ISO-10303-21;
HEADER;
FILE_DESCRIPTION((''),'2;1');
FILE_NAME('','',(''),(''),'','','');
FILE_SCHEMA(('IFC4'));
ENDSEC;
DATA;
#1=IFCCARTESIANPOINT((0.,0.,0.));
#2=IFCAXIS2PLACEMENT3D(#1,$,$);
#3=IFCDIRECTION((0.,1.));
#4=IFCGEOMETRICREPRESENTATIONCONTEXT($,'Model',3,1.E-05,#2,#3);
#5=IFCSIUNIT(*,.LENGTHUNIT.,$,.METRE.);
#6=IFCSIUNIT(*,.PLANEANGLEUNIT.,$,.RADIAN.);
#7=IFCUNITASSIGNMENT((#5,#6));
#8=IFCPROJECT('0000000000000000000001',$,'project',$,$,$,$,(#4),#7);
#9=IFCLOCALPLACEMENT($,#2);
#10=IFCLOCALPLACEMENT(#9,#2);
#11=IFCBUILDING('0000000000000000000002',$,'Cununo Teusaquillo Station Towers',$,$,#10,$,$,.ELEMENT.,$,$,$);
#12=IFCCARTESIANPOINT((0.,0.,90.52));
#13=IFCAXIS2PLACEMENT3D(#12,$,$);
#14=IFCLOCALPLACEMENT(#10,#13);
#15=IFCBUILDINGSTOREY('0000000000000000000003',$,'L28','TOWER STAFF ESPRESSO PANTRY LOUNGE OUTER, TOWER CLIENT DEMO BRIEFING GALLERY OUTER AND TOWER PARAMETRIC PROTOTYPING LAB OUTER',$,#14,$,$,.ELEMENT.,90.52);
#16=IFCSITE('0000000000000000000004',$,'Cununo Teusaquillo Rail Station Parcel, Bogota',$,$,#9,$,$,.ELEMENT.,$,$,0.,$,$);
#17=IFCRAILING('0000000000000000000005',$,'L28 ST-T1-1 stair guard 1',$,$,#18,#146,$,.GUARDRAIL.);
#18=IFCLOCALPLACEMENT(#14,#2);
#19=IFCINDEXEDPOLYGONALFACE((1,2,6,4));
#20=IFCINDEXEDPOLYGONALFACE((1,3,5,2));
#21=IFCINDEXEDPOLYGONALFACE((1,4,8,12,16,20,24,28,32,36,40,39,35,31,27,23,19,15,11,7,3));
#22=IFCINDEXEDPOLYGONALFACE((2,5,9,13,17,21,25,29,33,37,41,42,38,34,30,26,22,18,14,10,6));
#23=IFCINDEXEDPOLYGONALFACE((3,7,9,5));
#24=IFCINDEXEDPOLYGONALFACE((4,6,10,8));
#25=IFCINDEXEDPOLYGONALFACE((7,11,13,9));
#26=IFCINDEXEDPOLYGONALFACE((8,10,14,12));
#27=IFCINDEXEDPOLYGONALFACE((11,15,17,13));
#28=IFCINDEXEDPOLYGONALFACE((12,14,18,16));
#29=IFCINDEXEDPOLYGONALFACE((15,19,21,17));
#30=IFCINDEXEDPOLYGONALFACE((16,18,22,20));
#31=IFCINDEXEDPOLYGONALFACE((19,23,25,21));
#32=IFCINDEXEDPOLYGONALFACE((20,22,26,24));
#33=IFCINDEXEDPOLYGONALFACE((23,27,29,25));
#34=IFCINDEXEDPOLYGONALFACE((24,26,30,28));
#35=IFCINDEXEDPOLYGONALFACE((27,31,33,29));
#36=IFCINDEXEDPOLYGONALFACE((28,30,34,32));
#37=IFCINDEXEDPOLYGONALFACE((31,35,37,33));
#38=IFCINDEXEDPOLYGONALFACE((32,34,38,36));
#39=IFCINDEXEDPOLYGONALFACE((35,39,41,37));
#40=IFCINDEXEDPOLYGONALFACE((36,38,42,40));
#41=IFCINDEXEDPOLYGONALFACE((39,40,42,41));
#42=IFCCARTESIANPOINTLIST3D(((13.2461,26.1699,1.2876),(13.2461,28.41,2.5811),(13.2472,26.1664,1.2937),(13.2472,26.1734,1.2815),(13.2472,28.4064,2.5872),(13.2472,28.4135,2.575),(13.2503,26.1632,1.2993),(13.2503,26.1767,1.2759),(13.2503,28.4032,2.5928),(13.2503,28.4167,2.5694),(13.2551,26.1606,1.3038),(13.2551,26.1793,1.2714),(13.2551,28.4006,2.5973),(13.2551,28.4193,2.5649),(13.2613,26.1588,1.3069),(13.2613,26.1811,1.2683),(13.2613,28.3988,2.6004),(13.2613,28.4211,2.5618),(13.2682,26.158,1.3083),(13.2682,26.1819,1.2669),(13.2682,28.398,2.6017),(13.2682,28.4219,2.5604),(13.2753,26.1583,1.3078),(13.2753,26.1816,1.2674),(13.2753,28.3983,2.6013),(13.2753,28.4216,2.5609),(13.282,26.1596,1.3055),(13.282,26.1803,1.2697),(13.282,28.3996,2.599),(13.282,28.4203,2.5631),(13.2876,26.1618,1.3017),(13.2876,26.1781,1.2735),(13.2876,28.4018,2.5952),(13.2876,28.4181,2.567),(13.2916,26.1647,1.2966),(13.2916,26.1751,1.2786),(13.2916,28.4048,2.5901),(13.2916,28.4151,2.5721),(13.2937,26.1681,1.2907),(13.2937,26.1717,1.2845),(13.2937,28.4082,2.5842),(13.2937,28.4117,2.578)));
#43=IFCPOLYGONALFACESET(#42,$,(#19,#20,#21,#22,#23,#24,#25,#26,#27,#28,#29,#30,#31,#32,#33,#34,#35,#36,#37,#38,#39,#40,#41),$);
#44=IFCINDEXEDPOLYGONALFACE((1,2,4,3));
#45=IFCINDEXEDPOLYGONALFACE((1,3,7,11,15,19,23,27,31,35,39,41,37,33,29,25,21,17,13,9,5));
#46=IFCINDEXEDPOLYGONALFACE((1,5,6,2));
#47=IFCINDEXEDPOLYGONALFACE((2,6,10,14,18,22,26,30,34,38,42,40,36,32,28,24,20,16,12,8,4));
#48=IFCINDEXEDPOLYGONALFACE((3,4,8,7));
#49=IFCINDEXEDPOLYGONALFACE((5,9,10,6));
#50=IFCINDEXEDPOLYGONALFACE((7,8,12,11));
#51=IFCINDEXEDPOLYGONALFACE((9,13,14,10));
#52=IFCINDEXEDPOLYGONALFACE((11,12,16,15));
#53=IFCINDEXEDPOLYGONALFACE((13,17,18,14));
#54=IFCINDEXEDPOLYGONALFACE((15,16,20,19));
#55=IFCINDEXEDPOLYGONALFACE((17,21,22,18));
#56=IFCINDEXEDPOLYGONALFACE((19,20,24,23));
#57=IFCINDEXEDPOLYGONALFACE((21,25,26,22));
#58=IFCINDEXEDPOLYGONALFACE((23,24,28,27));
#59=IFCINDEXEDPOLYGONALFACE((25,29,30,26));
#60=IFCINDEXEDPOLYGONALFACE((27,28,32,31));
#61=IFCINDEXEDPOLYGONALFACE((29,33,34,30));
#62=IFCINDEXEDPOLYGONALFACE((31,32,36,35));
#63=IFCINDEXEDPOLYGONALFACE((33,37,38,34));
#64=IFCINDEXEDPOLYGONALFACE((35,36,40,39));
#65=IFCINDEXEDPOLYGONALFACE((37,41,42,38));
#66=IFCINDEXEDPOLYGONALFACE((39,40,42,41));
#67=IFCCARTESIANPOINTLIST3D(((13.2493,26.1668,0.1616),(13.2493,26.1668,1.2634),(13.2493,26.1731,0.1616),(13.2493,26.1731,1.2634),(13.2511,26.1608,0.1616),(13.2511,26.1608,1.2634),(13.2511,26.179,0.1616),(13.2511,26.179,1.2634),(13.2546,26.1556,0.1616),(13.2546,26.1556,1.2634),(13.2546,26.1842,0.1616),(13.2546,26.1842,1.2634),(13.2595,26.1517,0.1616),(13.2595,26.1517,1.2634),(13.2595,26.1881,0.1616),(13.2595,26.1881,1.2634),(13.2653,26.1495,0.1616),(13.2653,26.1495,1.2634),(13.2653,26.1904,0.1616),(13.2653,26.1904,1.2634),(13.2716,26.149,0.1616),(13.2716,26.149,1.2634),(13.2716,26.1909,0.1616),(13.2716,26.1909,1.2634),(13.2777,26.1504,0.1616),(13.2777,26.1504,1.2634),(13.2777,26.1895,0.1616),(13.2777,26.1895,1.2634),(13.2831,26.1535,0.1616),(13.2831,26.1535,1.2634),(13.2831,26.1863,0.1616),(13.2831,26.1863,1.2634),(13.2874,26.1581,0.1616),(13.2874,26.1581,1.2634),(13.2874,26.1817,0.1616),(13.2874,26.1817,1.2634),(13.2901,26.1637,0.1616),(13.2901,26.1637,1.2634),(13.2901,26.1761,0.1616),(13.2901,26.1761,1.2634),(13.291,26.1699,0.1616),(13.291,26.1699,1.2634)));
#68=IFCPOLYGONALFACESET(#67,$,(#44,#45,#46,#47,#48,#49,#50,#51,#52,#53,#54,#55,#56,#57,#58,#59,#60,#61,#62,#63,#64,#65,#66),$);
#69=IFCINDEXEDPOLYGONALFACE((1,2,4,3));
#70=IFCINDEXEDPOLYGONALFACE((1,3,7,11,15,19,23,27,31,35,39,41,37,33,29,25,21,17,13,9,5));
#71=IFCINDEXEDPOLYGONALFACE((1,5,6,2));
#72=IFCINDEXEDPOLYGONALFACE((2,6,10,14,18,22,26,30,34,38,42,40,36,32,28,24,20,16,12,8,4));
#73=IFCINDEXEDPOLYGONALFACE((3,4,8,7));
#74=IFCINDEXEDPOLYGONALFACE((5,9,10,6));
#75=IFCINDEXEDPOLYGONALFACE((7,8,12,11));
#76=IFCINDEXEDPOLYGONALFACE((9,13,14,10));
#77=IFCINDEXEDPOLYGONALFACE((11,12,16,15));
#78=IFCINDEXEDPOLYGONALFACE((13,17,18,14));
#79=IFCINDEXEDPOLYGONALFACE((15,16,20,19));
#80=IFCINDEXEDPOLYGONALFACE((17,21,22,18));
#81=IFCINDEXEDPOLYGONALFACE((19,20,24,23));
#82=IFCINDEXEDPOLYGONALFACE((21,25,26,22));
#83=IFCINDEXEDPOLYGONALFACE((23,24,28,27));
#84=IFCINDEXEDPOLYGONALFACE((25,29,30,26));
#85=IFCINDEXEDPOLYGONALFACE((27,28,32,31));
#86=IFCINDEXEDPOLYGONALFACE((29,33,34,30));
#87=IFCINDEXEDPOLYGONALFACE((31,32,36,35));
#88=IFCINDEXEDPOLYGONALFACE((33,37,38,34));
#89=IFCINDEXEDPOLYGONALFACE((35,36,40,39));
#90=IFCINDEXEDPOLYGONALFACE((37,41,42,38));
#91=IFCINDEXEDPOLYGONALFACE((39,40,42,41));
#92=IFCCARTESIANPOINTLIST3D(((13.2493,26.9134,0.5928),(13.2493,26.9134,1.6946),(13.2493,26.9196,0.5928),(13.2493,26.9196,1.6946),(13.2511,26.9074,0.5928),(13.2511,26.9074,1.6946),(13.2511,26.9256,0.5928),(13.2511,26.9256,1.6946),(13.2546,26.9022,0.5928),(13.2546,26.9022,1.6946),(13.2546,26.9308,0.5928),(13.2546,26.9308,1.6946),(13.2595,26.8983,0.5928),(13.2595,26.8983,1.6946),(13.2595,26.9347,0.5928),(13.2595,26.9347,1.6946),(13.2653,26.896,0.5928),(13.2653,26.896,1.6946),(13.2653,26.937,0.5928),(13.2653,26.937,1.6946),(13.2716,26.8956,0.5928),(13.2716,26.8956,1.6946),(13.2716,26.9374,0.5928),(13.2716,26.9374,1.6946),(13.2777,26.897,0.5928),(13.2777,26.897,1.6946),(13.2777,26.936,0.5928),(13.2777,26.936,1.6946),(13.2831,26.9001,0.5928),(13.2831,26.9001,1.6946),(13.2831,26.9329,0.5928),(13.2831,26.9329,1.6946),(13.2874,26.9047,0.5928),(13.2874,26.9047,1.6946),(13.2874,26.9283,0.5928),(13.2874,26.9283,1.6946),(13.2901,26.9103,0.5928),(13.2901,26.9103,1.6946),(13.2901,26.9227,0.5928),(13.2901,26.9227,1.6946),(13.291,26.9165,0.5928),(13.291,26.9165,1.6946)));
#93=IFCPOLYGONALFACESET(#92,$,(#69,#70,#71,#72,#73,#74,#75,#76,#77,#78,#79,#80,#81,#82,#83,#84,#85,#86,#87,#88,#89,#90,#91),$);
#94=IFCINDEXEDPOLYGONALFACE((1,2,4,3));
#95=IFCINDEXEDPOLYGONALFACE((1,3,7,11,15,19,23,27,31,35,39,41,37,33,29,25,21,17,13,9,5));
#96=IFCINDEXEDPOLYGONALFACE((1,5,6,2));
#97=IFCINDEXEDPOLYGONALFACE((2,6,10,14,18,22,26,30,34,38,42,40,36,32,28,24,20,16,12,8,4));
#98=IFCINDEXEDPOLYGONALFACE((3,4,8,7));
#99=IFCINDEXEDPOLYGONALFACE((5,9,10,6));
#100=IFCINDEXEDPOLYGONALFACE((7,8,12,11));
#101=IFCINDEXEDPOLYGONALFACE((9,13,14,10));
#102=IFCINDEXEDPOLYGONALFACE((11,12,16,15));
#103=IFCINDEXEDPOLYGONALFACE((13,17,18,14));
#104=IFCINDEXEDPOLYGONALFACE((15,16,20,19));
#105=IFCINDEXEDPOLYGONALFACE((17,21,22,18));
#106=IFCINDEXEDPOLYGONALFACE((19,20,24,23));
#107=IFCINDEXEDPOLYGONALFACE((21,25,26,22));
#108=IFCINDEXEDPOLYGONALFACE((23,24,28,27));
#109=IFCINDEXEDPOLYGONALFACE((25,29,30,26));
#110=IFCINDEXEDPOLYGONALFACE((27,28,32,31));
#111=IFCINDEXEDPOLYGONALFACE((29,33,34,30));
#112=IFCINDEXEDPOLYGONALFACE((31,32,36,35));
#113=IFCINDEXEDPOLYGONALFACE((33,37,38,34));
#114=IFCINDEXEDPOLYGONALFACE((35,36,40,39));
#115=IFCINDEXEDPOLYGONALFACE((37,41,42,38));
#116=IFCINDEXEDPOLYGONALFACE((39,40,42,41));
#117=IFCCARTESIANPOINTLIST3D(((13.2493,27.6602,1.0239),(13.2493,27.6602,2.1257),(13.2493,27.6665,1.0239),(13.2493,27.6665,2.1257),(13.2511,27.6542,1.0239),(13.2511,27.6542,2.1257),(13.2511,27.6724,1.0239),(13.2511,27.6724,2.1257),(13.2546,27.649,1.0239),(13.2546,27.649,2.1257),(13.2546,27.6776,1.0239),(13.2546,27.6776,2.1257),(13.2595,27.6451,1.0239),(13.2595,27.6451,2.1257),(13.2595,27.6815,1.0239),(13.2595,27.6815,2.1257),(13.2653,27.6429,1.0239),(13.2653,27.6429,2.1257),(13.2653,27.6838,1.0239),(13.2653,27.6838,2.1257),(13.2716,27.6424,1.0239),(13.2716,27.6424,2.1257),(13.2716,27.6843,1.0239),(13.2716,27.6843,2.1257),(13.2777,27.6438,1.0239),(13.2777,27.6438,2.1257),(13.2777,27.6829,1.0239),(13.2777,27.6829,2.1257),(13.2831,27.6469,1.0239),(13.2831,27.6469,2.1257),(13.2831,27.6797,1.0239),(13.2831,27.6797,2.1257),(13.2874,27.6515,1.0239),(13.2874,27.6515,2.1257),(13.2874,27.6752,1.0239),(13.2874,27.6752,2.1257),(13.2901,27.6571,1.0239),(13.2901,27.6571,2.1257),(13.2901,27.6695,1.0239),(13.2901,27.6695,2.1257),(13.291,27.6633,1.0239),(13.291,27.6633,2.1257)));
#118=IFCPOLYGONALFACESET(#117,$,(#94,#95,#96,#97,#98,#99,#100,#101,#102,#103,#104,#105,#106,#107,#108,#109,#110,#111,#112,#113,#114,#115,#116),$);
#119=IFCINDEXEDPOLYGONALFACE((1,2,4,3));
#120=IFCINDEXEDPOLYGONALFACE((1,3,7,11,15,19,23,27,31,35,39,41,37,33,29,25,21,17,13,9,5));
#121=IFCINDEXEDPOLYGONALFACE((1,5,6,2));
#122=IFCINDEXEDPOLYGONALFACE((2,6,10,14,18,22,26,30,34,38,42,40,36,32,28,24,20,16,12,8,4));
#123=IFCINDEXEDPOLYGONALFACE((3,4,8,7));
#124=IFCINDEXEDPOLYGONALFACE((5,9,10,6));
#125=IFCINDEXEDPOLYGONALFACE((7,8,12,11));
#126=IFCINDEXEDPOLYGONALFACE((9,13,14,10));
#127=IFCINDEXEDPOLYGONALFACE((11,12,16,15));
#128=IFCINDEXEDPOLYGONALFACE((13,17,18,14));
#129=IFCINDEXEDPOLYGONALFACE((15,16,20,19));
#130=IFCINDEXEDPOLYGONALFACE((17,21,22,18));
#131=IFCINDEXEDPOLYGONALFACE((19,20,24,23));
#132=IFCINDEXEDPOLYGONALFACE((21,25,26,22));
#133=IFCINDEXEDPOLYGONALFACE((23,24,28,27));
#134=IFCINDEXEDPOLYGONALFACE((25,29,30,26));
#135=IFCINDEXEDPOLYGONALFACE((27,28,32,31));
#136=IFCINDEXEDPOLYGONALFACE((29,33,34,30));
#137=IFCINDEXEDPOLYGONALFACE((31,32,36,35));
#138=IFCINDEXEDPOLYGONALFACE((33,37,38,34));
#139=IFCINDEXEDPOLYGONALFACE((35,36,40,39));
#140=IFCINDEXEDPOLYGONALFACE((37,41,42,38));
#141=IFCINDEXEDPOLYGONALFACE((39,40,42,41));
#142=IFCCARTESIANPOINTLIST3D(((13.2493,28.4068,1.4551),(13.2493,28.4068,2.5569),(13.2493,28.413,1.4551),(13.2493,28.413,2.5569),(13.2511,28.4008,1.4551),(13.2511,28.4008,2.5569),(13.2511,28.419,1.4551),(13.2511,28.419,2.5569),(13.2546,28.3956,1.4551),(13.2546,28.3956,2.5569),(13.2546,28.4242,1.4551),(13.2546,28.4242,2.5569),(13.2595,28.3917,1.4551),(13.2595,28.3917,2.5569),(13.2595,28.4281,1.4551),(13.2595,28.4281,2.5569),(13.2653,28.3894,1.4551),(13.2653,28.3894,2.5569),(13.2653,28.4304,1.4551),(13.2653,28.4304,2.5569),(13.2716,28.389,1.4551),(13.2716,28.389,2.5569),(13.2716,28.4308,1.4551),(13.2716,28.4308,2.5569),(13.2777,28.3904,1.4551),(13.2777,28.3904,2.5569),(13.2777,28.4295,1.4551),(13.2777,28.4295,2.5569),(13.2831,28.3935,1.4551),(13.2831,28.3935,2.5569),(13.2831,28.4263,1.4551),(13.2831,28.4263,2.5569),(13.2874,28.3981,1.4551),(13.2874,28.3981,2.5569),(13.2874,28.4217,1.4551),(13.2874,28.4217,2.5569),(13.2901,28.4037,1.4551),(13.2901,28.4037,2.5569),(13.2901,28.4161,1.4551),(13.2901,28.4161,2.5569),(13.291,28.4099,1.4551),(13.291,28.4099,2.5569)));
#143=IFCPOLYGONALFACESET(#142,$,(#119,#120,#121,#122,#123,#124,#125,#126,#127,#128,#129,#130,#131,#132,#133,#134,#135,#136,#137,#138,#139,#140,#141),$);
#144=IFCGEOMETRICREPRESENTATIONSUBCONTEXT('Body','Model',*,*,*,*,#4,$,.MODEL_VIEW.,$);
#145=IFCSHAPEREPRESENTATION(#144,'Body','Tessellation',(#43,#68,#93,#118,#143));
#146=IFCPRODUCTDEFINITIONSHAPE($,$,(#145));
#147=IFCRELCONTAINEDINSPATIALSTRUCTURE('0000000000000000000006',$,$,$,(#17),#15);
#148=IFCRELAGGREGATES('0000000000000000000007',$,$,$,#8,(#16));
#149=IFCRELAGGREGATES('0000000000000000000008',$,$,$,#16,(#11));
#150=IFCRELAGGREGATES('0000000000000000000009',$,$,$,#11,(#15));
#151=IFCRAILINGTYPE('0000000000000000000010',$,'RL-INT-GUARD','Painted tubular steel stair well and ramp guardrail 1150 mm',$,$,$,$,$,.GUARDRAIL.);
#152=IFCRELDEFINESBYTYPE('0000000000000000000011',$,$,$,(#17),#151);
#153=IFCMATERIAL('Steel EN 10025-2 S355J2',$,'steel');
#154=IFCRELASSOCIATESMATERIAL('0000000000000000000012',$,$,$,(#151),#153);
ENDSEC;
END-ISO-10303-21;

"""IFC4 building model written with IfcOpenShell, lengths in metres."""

from ifc_helpers import new_model, si_unit, direction, frame, origin, origin_2d, place, context, subcontext, project, spatial, circle, extrude, material, type_object, element, save


model = new_model("IFC4")

# Units and contexts
model_context = context("Model", 3, precision=1e-05, world=origin(), true_north=direction((0.0, 1.0)))
body_context = subcontext(model_context, "Body", "Model", "MODEL_VIEW")
ifc_project = project(units=[si_unit("LENGTHUNIT", "METRE"), si_unit("PLANEANGLEUNIT", "RADIAN")], contexts=[model_context])

# Site, building, storey
site_placement = place(None, origin())
site = spatial("IfcSite", under=ifc_project, at=site_placement, Name="Cununo Teusaquillo Rail Station Parcel, Bogota", CompositionType="ELEMENT", RefElevation=0.0)
building_placement = place(site_placement, origin())
building = spatial("IfcBuilding", under=site, at=building_placement, Name="Cununo Teusaquillo Station Towers", CompositionType="ELEMENT")
storey_placement = place(building_placement, frame((0.0, 0.0, 90.52)))
storey = spatial("IfcBuildingStorey", under=building, at=storey_placement, Name="L28", Description="TOWER STAFF ESPRESSO PANTRY LOUNGE OUTER, TOWER CLIENT DEMO BRIEFING GALLERY OUTER AND TOWER PARAMETRIC PROTOTYPING LAB OUTER", CompositionType="ELEMENT", Elevation=90.52)

# Railing
ifc_material_1 = material(Name="Steel EN 10025-2 S355J2", Category="steel")
railing_type_1 = type_object("IfcRailingType", Name="RL-INT-GUARD", Description="Painted tubular steel stair well and ramp guardrail 1150 mm", PredefinedType="GUARDRAIL", material=ifc_material_1)
railing_1_placement = place(storey_placement, frame((13.27, 26.1699, 0.1616)))
element("IfcRailing", 1, at=railing_1_placement, inside=storey, type_object=railing_type_1, Name="L28 ST-T1-1 stair guard 1", PredefinedType="GUARDRAIL", context=body_context, shape_type="SweptSolid", body=[
    extrude(circle(Radius=0.0239, at=origin_2d()), frame((0.0, 0.0, 1.126), z_axis=(0.0, 0.865992, 0.500057), x_axis=(-1.0, 0.0, 0.0)), (0.0, 0.0, 1.0), 2.5867),
    extrude(circle(Radius=0.021, at=origin_2d()), origin(), (0.0, 0.0, 1.0), 1.1018),
    extrude(circle(Radius=0.021, at=origin_2d()), frame((0.0, 0.7466, 0.4312)), (0.0, 0.0, 1.0), 1.1018),
    extrude(circle(Radius=0.021, at=origin_2d()), frame((0.0, 1.4934, 0.8623)), (0.0, 0.0, 1.0), 1.1018),
    extrude(circle(Radius=0.021, at=origin_2d()), frame((0.0, 2.24, 1.2935)), (0.0, 0.0, 1.0), 1.1018),
])

save(model, "model.ifc")
